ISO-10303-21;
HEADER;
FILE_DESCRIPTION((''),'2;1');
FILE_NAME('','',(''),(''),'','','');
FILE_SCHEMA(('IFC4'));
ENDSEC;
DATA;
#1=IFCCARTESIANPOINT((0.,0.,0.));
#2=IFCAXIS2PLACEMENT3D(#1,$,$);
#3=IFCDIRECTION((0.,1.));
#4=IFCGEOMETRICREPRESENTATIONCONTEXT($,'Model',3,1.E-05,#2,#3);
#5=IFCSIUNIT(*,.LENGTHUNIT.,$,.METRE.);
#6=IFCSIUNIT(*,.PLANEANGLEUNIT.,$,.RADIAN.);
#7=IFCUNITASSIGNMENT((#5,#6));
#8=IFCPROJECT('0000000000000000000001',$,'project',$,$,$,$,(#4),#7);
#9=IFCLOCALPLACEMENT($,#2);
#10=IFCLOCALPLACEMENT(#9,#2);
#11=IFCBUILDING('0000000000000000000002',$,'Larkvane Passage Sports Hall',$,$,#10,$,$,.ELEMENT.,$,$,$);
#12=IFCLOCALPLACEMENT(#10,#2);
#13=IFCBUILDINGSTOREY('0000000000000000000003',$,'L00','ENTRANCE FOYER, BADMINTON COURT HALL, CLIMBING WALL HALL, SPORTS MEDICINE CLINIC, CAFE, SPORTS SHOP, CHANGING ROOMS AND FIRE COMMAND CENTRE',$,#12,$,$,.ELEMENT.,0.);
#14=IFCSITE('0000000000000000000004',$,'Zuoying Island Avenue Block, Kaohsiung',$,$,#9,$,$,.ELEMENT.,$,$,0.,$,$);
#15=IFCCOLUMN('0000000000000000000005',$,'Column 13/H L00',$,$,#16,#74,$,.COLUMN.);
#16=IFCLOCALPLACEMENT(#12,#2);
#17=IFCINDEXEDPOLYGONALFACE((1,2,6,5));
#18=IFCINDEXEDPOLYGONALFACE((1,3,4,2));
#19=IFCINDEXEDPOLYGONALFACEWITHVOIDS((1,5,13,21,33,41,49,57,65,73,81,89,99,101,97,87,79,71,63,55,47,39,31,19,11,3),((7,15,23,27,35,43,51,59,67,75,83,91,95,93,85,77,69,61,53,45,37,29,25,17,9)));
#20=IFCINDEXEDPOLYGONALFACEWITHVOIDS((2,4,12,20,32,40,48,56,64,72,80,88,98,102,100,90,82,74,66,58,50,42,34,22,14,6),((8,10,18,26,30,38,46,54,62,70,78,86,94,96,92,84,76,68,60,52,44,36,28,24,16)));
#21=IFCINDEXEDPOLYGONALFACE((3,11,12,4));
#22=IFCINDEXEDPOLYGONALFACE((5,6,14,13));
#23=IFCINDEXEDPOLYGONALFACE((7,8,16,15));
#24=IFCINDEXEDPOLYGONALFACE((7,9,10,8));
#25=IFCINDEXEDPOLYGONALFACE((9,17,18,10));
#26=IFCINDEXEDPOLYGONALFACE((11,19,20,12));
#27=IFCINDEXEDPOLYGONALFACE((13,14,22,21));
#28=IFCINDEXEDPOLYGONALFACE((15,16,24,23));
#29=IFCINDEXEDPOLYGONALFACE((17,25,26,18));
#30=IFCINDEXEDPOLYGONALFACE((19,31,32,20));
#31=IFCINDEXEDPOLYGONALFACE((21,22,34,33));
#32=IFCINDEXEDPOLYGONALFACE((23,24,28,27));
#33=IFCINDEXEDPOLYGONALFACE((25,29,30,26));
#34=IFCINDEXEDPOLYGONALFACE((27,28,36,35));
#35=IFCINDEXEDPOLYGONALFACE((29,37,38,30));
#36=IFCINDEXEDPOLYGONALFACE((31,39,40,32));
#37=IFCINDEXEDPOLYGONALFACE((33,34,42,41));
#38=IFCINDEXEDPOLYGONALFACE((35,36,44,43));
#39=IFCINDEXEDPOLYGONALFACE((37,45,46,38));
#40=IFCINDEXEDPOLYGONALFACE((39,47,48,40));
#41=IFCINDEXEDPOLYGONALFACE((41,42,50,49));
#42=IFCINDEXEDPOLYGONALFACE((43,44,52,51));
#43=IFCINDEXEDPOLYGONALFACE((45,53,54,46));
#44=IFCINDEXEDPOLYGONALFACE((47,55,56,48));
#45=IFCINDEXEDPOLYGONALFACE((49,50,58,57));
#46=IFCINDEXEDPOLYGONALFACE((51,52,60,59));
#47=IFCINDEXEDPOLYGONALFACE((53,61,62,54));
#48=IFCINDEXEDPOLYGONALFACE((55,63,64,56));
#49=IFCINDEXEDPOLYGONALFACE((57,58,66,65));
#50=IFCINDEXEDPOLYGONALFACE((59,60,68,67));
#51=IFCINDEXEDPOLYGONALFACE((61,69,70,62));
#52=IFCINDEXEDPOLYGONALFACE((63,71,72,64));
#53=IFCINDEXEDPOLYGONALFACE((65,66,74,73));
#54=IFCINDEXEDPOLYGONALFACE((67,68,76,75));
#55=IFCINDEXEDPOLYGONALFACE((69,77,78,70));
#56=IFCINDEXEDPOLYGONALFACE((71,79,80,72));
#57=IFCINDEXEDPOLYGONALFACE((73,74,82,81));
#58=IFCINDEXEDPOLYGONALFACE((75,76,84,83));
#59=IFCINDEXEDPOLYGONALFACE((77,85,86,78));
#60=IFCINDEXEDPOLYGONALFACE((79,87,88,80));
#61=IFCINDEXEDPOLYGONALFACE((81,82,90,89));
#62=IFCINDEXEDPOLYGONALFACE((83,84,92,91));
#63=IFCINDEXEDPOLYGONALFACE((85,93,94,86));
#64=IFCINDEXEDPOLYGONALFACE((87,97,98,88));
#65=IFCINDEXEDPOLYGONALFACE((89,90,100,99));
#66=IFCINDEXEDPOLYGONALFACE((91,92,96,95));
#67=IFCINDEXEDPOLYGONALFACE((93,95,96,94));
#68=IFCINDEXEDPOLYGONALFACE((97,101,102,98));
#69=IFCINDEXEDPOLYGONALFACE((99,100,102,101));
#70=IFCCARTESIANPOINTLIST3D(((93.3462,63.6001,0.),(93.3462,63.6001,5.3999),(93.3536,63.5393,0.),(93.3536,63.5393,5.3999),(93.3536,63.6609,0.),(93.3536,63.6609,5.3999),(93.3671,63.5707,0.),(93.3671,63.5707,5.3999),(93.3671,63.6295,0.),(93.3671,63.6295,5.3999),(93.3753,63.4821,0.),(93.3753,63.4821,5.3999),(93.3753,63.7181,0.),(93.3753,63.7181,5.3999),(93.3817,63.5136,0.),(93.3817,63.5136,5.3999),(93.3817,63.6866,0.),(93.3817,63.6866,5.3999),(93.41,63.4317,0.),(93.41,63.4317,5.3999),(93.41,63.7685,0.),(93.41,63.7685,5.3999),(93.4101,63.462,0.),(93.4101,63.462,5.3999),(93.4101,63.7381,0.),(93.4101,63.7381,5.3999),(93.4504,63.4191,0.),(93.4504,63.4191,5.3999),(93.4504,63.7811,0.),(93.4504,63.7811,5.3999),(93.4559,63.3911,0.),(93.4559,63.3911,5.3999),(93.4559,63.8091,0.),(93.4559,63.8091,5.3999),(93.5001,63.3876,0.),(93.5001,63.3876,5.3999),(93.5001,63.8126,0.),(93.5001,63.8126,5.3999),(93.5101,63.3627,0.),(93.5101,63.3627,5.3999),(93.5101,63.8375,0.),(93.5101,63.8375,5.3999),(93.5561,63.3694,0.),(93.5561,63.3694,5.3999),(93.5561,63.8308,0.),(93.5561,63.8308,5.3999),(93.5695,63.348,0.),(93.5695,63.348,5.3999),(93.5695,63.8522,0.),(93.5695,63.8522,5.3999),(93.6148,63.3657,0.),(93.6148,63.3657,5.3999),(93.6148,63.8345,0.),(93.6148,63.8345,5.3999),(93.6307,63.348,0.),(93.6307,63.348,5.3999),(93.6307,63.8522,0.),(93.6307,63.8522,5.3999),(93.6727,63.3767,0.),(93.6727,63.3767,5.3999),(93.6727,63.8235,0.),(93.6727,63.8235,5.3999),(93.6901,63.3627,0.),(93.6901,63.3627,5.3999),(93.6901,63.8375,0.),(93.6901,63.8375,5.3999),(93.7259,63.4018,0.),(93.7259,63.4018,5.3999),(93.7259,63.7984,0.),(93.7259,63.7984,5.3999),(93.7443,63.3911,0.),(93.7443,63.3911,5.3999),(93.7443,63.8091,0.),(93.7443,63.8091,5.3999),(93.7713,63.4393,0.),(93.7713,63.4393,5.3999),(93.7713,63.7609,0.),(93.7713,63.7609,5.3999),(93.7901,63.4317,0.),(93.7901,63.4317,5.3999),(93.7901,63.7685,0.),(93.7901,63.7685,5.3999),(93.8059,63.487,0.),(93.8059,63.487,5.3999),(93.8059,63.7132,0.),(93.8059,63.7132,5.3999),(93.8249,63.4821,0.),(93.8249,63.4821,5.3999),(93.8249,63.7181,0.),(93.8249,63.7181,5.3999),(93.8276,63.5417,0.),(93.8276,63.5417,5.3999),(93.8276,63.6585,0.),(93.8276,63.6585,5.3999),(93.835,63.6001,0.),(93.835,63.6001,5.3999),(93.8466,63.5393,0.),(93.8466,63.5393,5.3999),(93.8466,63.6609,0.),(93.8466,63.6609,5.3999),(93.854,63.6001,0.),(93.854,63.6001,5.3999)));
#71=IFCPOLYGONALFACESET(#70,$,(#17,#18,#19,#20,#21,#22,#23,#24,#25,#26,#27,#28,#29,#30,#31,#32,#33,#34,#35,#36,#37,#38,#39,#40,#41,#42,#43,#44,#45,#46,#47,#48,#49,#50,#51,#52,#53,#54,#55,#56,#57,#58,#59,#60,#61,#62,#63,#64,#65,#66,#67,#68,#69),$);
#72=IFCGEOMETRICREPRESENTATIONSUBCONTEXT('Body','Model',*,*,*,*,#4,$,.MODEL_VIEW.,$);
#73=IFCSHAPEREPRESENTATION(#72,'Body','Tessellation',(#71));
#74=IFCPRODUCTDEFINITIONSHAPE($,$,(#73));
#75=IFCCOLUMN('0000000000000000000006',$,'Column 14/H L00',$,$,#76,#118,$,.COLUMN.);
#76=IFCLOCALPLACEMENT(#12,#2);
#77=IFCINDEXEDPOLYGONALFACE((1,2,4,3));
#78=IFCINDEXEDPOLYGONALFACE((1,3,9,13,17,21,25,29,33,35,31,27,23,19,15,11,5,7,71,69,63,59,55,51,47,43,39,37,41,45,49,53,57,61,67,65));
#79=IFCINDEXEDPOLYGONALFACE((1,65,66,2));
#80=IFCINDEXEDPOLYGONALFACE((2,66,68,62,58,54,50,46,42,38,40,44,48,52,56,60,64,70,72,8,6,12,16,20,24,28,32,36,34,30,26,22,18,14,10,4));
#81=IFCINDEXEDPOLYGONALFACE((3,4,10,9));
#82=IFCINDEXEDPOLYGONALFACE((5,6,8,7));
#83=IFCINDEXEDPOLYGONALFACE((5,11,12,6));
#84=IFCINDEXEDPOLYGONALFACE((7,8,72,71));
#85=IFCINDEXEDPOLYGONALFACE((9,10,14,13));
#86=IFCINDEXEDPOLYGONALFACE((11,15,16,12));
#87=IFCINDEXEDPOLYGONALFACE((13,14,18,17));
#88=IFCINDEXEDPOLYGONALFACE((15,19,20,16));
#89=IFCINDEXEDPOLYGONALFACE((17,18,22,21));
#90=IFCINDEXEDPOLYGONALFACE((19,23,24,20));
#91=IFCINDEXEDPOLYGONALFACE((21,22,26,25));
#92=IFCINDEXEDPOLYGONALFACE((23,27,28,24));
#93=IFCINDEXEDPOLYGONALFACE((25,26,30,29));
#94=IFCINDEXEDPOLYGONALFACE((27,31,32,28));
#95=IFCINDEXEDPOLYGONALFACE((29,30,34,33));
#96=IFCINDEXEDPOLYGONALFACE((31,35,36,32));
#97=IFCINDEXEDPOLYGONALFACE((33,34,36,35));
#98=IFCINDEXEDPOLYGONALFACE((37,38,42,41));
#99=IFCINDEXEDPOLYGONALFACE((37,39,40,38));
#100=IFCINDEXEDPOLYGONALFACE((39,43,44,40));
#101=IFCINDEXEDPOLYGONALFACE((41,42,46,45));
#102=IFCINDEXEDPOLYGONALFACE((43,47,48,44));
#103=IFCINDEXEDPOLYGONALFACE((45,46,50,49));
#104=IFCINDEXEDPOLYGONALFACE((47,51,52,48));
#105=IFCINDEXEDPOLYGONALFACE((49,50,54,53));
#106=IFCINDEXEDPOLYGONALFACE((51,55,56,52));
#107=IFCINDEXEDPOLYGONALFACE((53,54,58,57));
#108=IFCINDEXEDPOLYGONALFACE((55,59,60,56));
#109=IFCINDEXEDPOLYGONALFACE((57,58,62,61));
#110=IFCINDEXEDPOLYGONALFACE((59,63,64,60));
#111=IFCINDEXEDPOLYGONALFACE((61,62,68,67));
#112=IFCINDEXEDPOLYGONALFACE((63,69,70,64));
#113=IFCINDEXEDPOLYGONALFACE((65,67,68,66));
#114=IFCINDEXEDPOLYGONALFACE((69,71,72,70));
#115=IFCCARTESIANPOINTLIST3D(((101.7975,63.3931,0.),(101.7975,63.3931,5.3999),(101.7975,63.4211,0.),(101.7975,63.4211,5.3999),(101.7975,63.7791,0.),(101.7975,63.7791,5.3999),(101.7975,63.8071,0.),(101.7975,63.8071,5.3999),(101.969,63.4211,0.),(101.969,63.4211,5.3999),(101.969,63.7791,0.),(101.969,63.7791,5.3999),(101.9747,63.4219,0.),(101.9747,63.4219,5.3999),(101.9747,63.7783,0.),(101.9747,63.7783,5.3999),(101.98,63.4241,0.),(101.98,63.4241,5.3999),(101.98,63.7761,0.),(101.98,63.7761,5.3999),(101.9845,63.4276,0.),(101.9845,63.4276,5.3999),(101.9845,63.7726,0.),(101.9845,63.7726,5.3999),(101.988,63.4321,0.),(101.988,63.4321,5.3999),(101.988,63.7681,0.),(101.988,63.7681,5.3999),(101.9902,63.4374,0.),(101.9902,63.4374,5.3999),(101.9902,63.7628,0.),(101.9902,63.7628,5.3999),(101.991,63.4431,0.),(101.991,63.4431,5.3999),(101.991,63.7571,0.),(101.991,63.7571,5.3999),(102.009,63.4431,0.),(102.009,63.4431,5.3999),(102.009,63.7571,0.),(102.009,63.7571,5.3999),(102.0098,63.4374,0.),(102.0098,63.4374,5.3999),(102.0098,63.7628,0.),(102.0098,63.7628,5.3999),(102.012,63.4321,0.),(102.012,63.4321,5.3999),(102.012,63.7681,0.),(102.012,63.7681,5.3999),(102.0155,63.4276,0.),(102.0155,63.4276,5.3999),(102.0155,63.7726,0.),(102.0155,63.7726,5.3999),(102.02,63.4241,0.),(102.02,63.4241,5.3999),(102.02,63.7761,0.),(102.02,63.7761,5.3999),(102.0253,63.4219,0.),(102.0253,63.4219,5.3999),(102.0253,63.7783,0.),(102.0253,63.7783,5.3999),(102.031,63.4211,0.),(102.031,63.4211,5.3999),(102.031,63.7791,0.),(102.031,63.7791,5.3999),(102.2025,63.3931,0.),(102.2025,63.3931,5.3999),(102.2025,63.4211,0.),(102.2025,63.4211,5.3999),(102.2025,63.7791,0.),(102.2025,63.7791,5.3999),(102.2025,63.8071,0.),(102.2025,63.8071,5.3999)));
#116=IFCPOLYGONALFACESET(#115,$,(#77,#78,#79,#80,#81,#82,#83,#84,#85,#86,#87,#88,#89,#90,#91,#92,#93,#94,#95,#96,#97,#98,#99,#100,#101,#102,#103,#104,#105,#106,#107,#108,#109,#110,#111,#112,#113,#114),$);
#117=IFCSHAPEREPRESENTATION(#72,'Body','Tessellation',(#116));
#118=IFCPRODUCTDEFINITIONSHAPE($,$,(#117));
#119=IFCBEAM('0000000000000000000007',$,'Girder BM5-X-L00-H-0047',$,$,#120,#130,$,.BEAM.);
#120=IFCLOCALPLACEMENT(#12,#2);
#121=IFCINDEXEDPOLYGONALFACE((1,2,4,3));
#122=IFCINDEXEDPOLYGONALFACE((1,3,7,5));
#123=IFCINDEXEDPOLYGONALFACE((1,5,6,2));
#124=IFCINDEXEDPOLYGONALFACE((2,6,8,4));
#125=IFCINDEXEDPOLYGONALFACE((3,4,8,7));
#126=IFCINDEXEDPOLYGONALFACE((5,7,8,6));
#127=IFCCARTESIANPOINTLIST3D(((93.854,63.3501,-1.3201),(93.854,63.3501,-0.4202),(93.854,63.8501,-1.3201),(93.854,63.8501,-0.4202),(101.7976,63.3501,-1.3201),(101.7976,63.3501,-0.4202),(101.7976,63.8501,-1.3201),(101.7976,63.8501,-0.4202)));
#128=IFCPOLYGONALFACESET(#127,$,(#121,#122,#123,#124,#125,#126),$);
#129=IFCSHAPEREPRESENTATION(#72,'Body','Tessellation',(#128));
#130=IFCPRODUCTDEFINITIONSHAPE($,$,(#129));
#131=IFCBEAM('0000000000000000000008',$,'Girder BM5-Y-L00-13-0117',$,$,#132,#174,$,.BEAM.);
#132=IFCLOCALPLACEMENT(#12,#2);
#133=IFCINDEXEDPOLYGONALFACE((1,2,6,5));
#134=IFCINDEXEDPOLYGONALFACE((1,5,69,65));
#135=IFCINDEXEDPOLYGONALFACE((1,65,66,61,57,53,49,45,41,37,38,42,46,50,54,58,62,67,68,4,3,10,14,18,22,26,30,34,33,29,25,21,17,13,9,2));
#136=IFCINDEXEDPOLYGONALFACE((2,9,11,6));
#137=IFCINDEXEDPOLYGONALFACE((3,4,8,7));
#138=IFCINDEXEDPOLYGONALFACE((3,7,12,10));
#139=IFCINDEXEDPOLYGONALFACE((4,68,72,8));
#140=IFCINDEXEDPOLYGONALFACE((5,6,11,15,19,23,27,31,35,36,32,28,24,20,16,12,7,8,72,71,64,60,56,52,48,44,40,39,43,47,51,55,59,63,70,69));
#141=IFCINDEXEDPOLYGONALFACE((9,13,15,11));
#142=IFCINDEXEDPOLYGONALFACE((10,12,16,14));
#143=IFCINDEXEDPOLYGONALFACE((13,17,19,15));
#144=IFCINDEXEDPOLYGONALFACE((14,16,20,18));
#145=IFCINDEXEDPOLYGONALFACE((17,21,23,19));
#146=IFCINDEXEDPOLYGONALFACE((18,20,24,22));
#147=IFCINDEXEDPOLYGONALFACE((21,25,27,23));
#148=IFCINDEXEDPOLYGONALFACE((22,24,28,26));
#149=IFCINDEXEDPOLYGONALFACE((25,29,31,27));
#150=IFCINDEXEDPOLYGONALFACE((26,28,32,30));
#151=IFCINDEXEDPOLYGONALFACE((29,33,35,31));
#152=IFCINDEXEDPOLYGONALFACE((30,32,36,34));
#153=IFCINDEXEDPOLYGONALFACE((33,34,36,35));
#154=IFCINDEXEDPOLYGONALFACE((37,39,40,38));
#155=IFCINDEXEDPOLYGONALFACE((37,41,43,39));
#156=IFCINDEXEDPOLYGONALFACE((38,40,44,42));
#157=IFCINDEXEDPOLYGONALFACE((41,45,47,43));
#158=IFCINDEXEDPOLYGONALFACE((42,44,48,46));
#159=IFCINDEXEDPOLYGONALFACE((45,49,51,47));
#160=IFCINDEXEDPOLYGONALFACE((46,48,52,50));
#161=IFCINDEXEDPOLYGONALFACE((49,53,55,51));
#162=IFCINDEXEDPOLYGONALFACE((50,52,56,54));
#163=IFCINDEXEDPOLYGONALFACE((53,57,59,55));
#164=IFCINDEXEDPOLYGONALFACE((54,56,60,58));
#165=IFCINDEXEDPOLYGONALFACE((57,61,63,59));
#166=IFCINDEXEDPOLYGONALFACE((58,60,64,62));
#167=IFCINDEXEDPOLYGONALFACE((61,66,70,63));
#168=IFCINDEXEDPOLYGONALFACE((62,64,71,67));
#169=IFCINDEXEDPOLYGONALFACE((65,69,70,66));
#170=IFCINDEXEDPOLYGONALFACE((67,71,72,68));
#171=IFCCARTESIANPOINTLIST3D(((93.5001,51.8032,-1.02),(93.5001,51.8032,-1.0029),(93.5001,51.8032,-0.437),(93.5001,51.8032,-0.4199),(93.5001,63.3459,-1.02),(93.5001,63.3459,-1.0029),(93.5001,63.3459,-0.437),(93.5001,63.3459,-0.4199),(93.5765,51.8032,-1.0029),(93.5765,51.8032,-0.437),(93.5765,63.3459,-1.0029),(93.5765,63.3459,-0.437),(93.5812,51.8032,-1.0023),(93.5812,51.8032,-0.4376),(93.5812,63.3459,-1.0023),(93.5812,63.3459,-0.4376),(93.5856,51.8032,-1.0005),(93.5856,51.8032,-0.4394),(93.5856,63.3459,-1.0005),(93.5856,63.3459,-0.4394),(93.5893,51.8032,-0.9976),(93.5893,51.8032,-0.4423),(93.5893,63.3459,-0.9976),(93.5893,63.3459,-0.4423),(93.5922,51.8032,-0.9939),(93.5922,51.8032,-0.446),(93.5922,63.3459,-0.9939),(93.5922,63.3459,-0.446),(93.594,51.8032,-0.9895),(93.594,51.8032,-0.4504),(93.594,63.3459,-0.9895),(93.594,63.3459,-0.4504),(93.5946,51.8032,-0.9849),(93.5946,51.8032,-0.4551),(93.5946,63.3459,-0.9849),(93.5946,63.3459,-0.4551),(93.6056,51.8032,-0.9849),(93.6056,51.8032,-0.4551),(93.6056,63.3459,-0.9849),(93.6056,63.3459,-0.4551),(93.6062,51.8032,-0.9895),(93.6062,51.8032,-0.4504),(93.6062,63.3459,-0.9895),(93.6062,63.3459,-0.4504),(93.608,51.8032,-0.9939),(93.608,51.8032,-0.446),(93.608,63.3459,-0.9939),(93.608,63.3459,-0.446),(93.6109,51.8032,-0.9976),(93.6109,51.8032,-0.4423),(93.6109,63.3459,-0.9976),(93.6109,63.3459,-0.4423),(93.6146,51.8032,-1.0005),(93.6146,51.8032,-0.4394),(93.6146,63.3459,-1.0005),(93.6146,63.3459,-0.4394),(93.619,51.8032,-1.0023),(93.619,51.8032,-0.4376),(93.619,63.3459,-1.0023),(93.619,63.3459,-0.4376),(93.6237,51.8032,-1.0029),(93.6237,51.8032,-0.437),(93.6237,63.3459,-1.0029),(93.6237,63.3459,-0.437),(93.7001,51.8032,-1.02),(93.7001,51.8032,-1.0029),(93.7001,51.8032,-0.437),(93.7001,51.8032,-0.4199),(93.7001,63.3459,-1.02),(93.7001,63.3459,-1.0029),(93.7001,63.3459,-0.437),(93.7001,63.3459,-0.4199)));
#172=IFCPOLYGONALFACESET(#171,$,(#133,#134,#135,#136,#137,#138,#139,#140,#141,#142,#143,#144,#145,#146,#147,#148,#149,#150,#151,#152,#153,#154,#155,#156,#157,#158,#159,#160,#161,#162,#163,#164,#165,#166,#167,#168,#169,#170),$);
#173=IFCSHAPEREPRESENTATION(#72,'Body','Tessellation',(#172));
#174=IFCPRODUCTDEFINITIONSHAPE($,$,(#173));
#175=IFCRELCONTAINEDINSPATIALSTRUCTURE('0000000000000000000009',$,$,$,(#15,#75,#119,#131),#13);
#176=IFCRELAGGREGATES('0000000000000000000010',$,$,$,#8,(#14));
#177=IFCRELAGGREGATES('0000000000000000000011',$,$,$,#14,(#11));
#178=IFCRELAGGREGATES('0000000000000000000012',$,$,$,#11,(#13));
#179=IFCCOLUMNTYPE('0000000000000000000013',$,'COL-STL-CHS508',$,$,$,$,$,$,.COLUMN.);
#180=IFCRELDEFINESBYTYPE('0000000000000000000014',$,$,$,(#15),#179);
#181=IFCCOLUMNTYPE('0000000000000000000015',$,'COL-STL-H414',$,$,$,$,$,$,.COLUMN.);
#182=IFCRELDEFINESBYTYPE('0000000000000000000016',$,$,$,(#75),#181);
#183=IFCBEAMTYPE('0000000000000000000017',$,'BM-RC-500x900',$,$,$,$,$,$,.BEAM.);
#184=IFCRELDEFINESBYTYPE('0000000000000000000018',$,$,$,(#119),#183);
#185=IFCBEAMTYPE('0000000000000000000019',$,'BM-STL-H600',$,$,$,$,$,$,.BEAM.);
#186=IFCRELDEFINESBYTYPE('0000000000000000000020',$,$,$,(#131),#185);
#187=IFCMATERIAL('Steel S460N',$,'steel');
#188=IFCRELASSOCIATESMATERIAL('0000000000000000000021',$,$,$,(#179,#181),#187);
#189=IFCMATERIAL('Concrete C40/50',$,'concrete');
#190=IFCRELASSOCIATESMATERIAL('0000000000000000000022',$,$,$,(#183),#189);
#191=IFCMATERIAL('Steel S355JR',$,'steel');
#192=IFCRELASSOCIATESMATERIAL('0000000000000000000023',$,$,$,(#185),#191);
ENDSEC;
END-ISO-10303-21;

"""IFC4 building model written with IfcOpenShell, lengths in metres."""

from ifc_helpers import new_model, si_unit, direction, frame, origin, origin_2d, place, context, subcontext, project, spatial, rectangle, hollow_circle, i_section, extrude, material, material_profile, profile_set, type_object, element, save


model = new_model("IFC4")

# Units and contexts
model_context = context("Model", 3, precision=1e-05, world=origin(), true_north=direction((0.0, 1.0)))
body_context = subcontext(model_context, "Body", "Model", "MODEL_VIEW")
ifc_project = project(units=[si_unit("LENGTHUNIT", "METRE"), si_unit("PLANEANGLEUNIT", "RADIAN")], contexts=[model_context])

# Site, building, storey
site_placement = place(None, origin())
site = spatial("IfcSite", under=ifc_project, at=site_placement, Name="Zuoying Island Avenue Block, Kaohsiung", CompositionType="ELEMENT", RefElevation=0.0)
building_placement = place(site_placement, origin())
building = spatial("IfcBuilding", under=site, at=building_placement, Name="Larkvane Passage Sports Hall", CompositionType="ELEMENT")
storey_placement = place(building_placement, origin())
storey = spatial("IfcBuildingStorey", under=building, at=storey_placement, Name="L00", Description="ENTRANCE FOYER, BADMINTON COURT HALL, CLIMBING WALL HALL, SPORTS MEDICINE CLINIC, CAFE, SPORTS SHOP, CHANGING ROOMS AND FIRE COMMAND CENTRE", CompositionType="ELEMENT", Elevation=0.0)

# Columns
ifc_material_1 = material(Name="Steel S460N", Category="steel")
ifc_material_profile_1 = material_profile(ifc_material_1, hollow_circle(Radius=0.2539, WallThickness=0.019, at=origin_2d()), Name="CHS-508.0x19.0")
ifc_profile_set_1 = profile_set([ifc_material_profile_1], Name="Steel S460N")
column_type_1 = type_object("IfcColumnType", Name="COL-STL-CHS508", PredefinedType="COLUMN", material=ifc_profile_set_1)
column_1_placement = place(storey_placement, frame((93.6001, 63.6001, 0.0), z_axis=(0.0, 0.0, 1.0), x_axis=(1.0, 0.0, 0.0)))
element("IfcColumn", 1, at=column_1_placement, inside=storey, type_object=column_type_1, Name="Column 13/H L00", PredefinedType="COLUMN", context=body_context, shape_type="SweptSolid", body=[
    extrude(hollow_circle(Radius=0.2539, WallThickness=0.019, at=origin_2d()), origin(), (0.0, 0.0, 1.0), 5.3999),
])
ifc_material_profile_2 = material_profile(ifc_material_1, i_section(OverallWidth=0.405, OverallDepth=0.4141, WebThickness=0.0181, FlangeThickness=0.0281, FilletRadius=0.022, at=origin_2d()), Name="H-414x405x18x28")
ifc_profile_set_2 = profile_set([ifc_material_profile_2], Name="Steel S460N")
column_type_2 = type_object("IfcColumnType", Name="COL-STL-H414", PredefinedType="COLUMN", material=ifc_profile_set_2)
column_2_placement = place(storey_placement, frame((102.0, 63.6001, 0.0), z_axis=(0.0, 0.0, 1.0), x_axis=(1.0, 0.0, 0.0)))
element("IfcColumn", 2, at=column_2_placement, inside=storey, type_object=column_type_2, Name="Column 14/H L00", PredefinedType="COLUMN", context=body_context, shape_type="SweptSolid", body=[
    extrude(i_section(OverallWidth=0.405, OverallDepth=0.4141, WebThickness=0.0181, FlangeThickness=0.0281, FilletRadius=0.022, at=origin_2d()), origin(), (0.0, 0.0, 1.0), 5.3999),
])

# Beams
ifc_material_2 = material(Name="Concrete C40/50", Category="concrete")
ifc_material_profile_3 = material_profile(ifc_material_2, rectangle(XDim=0.5, YDim=0.8999, at=origin_2d()), Name="RC-BM-500x900")
ifc_profile_set_3 = profile_set([ifc_material_profile_3], Name="Concrete C40/50")
beam_type_1 = type_object("IfcBeamType", Name="BM-RC-500x900", PredefinedType="BEAM", material=ifc_profile_set_3)
beam_1_placement = place(storey_placement, frame((93.854, 63.6001, -0.8701), z_axis=(1.0, 0.0, 0.0), x_axis=(0.0, 1.0, 0.0)))
element("IfcBeam", 3, at=beam_1_placement, inside=storey, type_object=beam_type_1, Name="Girder BM5-X-L00-H-0047", PredefinedType="BEAM", context=body_context, shape_type="SweptSolid", body=[
    extrude(rectangle(XDim=0.5, YDim=0.8999, at=origin_2d()), origin(), (0.0, 0.0, 1.0), 7.9436),
])
ifc_material_3 = material(Name="Steel S355JR", Category="steel")
ifc_material_profile_4 = material_profile(ifc_material_3, i_section(OverallWidth=0.2, OverallDepth=0.6001, WebThickness=0.011, FlangeThickness=0.0171, FilletRadius=0.0181, at=origin_2d()), Name="H-600x200x11x17")
ifc_profile_set_4 = profile_set([ifc_material_profile_4], Name="Steel S355JR")
beam_type_2 = type_object("IfcBeamType", Name="BM-STL-H600", PredefinedType="BEAM", material=ifc_profile_set_4)
beam_2_placement = place(storey_placement, frame((93.6001, 51.8032, -0.72), z_axis=(0.0, 1.0, 0.0), x_axis=(-1.0, 0.0, 0.0)))
element("IfcBeam", 4, at=beam_2_placement, inside=storey, type_object=beam_type_2, Name="Girder BM5-Y-L00-13-0117", PredefinedType="BEAM", context=body_context, shape_type="SweptSolid", body=[
    extrude(i_section(OverallWidth=0.2, OverallDepth=0.6001, WebThickness=0.011, FlangeThickness=0.0171, FilletRadius=0.0181, at=origin_2d()), origin(), (0.0, 0.0, 1.0), 11.5427),
])

save(model, "model.ifc")
